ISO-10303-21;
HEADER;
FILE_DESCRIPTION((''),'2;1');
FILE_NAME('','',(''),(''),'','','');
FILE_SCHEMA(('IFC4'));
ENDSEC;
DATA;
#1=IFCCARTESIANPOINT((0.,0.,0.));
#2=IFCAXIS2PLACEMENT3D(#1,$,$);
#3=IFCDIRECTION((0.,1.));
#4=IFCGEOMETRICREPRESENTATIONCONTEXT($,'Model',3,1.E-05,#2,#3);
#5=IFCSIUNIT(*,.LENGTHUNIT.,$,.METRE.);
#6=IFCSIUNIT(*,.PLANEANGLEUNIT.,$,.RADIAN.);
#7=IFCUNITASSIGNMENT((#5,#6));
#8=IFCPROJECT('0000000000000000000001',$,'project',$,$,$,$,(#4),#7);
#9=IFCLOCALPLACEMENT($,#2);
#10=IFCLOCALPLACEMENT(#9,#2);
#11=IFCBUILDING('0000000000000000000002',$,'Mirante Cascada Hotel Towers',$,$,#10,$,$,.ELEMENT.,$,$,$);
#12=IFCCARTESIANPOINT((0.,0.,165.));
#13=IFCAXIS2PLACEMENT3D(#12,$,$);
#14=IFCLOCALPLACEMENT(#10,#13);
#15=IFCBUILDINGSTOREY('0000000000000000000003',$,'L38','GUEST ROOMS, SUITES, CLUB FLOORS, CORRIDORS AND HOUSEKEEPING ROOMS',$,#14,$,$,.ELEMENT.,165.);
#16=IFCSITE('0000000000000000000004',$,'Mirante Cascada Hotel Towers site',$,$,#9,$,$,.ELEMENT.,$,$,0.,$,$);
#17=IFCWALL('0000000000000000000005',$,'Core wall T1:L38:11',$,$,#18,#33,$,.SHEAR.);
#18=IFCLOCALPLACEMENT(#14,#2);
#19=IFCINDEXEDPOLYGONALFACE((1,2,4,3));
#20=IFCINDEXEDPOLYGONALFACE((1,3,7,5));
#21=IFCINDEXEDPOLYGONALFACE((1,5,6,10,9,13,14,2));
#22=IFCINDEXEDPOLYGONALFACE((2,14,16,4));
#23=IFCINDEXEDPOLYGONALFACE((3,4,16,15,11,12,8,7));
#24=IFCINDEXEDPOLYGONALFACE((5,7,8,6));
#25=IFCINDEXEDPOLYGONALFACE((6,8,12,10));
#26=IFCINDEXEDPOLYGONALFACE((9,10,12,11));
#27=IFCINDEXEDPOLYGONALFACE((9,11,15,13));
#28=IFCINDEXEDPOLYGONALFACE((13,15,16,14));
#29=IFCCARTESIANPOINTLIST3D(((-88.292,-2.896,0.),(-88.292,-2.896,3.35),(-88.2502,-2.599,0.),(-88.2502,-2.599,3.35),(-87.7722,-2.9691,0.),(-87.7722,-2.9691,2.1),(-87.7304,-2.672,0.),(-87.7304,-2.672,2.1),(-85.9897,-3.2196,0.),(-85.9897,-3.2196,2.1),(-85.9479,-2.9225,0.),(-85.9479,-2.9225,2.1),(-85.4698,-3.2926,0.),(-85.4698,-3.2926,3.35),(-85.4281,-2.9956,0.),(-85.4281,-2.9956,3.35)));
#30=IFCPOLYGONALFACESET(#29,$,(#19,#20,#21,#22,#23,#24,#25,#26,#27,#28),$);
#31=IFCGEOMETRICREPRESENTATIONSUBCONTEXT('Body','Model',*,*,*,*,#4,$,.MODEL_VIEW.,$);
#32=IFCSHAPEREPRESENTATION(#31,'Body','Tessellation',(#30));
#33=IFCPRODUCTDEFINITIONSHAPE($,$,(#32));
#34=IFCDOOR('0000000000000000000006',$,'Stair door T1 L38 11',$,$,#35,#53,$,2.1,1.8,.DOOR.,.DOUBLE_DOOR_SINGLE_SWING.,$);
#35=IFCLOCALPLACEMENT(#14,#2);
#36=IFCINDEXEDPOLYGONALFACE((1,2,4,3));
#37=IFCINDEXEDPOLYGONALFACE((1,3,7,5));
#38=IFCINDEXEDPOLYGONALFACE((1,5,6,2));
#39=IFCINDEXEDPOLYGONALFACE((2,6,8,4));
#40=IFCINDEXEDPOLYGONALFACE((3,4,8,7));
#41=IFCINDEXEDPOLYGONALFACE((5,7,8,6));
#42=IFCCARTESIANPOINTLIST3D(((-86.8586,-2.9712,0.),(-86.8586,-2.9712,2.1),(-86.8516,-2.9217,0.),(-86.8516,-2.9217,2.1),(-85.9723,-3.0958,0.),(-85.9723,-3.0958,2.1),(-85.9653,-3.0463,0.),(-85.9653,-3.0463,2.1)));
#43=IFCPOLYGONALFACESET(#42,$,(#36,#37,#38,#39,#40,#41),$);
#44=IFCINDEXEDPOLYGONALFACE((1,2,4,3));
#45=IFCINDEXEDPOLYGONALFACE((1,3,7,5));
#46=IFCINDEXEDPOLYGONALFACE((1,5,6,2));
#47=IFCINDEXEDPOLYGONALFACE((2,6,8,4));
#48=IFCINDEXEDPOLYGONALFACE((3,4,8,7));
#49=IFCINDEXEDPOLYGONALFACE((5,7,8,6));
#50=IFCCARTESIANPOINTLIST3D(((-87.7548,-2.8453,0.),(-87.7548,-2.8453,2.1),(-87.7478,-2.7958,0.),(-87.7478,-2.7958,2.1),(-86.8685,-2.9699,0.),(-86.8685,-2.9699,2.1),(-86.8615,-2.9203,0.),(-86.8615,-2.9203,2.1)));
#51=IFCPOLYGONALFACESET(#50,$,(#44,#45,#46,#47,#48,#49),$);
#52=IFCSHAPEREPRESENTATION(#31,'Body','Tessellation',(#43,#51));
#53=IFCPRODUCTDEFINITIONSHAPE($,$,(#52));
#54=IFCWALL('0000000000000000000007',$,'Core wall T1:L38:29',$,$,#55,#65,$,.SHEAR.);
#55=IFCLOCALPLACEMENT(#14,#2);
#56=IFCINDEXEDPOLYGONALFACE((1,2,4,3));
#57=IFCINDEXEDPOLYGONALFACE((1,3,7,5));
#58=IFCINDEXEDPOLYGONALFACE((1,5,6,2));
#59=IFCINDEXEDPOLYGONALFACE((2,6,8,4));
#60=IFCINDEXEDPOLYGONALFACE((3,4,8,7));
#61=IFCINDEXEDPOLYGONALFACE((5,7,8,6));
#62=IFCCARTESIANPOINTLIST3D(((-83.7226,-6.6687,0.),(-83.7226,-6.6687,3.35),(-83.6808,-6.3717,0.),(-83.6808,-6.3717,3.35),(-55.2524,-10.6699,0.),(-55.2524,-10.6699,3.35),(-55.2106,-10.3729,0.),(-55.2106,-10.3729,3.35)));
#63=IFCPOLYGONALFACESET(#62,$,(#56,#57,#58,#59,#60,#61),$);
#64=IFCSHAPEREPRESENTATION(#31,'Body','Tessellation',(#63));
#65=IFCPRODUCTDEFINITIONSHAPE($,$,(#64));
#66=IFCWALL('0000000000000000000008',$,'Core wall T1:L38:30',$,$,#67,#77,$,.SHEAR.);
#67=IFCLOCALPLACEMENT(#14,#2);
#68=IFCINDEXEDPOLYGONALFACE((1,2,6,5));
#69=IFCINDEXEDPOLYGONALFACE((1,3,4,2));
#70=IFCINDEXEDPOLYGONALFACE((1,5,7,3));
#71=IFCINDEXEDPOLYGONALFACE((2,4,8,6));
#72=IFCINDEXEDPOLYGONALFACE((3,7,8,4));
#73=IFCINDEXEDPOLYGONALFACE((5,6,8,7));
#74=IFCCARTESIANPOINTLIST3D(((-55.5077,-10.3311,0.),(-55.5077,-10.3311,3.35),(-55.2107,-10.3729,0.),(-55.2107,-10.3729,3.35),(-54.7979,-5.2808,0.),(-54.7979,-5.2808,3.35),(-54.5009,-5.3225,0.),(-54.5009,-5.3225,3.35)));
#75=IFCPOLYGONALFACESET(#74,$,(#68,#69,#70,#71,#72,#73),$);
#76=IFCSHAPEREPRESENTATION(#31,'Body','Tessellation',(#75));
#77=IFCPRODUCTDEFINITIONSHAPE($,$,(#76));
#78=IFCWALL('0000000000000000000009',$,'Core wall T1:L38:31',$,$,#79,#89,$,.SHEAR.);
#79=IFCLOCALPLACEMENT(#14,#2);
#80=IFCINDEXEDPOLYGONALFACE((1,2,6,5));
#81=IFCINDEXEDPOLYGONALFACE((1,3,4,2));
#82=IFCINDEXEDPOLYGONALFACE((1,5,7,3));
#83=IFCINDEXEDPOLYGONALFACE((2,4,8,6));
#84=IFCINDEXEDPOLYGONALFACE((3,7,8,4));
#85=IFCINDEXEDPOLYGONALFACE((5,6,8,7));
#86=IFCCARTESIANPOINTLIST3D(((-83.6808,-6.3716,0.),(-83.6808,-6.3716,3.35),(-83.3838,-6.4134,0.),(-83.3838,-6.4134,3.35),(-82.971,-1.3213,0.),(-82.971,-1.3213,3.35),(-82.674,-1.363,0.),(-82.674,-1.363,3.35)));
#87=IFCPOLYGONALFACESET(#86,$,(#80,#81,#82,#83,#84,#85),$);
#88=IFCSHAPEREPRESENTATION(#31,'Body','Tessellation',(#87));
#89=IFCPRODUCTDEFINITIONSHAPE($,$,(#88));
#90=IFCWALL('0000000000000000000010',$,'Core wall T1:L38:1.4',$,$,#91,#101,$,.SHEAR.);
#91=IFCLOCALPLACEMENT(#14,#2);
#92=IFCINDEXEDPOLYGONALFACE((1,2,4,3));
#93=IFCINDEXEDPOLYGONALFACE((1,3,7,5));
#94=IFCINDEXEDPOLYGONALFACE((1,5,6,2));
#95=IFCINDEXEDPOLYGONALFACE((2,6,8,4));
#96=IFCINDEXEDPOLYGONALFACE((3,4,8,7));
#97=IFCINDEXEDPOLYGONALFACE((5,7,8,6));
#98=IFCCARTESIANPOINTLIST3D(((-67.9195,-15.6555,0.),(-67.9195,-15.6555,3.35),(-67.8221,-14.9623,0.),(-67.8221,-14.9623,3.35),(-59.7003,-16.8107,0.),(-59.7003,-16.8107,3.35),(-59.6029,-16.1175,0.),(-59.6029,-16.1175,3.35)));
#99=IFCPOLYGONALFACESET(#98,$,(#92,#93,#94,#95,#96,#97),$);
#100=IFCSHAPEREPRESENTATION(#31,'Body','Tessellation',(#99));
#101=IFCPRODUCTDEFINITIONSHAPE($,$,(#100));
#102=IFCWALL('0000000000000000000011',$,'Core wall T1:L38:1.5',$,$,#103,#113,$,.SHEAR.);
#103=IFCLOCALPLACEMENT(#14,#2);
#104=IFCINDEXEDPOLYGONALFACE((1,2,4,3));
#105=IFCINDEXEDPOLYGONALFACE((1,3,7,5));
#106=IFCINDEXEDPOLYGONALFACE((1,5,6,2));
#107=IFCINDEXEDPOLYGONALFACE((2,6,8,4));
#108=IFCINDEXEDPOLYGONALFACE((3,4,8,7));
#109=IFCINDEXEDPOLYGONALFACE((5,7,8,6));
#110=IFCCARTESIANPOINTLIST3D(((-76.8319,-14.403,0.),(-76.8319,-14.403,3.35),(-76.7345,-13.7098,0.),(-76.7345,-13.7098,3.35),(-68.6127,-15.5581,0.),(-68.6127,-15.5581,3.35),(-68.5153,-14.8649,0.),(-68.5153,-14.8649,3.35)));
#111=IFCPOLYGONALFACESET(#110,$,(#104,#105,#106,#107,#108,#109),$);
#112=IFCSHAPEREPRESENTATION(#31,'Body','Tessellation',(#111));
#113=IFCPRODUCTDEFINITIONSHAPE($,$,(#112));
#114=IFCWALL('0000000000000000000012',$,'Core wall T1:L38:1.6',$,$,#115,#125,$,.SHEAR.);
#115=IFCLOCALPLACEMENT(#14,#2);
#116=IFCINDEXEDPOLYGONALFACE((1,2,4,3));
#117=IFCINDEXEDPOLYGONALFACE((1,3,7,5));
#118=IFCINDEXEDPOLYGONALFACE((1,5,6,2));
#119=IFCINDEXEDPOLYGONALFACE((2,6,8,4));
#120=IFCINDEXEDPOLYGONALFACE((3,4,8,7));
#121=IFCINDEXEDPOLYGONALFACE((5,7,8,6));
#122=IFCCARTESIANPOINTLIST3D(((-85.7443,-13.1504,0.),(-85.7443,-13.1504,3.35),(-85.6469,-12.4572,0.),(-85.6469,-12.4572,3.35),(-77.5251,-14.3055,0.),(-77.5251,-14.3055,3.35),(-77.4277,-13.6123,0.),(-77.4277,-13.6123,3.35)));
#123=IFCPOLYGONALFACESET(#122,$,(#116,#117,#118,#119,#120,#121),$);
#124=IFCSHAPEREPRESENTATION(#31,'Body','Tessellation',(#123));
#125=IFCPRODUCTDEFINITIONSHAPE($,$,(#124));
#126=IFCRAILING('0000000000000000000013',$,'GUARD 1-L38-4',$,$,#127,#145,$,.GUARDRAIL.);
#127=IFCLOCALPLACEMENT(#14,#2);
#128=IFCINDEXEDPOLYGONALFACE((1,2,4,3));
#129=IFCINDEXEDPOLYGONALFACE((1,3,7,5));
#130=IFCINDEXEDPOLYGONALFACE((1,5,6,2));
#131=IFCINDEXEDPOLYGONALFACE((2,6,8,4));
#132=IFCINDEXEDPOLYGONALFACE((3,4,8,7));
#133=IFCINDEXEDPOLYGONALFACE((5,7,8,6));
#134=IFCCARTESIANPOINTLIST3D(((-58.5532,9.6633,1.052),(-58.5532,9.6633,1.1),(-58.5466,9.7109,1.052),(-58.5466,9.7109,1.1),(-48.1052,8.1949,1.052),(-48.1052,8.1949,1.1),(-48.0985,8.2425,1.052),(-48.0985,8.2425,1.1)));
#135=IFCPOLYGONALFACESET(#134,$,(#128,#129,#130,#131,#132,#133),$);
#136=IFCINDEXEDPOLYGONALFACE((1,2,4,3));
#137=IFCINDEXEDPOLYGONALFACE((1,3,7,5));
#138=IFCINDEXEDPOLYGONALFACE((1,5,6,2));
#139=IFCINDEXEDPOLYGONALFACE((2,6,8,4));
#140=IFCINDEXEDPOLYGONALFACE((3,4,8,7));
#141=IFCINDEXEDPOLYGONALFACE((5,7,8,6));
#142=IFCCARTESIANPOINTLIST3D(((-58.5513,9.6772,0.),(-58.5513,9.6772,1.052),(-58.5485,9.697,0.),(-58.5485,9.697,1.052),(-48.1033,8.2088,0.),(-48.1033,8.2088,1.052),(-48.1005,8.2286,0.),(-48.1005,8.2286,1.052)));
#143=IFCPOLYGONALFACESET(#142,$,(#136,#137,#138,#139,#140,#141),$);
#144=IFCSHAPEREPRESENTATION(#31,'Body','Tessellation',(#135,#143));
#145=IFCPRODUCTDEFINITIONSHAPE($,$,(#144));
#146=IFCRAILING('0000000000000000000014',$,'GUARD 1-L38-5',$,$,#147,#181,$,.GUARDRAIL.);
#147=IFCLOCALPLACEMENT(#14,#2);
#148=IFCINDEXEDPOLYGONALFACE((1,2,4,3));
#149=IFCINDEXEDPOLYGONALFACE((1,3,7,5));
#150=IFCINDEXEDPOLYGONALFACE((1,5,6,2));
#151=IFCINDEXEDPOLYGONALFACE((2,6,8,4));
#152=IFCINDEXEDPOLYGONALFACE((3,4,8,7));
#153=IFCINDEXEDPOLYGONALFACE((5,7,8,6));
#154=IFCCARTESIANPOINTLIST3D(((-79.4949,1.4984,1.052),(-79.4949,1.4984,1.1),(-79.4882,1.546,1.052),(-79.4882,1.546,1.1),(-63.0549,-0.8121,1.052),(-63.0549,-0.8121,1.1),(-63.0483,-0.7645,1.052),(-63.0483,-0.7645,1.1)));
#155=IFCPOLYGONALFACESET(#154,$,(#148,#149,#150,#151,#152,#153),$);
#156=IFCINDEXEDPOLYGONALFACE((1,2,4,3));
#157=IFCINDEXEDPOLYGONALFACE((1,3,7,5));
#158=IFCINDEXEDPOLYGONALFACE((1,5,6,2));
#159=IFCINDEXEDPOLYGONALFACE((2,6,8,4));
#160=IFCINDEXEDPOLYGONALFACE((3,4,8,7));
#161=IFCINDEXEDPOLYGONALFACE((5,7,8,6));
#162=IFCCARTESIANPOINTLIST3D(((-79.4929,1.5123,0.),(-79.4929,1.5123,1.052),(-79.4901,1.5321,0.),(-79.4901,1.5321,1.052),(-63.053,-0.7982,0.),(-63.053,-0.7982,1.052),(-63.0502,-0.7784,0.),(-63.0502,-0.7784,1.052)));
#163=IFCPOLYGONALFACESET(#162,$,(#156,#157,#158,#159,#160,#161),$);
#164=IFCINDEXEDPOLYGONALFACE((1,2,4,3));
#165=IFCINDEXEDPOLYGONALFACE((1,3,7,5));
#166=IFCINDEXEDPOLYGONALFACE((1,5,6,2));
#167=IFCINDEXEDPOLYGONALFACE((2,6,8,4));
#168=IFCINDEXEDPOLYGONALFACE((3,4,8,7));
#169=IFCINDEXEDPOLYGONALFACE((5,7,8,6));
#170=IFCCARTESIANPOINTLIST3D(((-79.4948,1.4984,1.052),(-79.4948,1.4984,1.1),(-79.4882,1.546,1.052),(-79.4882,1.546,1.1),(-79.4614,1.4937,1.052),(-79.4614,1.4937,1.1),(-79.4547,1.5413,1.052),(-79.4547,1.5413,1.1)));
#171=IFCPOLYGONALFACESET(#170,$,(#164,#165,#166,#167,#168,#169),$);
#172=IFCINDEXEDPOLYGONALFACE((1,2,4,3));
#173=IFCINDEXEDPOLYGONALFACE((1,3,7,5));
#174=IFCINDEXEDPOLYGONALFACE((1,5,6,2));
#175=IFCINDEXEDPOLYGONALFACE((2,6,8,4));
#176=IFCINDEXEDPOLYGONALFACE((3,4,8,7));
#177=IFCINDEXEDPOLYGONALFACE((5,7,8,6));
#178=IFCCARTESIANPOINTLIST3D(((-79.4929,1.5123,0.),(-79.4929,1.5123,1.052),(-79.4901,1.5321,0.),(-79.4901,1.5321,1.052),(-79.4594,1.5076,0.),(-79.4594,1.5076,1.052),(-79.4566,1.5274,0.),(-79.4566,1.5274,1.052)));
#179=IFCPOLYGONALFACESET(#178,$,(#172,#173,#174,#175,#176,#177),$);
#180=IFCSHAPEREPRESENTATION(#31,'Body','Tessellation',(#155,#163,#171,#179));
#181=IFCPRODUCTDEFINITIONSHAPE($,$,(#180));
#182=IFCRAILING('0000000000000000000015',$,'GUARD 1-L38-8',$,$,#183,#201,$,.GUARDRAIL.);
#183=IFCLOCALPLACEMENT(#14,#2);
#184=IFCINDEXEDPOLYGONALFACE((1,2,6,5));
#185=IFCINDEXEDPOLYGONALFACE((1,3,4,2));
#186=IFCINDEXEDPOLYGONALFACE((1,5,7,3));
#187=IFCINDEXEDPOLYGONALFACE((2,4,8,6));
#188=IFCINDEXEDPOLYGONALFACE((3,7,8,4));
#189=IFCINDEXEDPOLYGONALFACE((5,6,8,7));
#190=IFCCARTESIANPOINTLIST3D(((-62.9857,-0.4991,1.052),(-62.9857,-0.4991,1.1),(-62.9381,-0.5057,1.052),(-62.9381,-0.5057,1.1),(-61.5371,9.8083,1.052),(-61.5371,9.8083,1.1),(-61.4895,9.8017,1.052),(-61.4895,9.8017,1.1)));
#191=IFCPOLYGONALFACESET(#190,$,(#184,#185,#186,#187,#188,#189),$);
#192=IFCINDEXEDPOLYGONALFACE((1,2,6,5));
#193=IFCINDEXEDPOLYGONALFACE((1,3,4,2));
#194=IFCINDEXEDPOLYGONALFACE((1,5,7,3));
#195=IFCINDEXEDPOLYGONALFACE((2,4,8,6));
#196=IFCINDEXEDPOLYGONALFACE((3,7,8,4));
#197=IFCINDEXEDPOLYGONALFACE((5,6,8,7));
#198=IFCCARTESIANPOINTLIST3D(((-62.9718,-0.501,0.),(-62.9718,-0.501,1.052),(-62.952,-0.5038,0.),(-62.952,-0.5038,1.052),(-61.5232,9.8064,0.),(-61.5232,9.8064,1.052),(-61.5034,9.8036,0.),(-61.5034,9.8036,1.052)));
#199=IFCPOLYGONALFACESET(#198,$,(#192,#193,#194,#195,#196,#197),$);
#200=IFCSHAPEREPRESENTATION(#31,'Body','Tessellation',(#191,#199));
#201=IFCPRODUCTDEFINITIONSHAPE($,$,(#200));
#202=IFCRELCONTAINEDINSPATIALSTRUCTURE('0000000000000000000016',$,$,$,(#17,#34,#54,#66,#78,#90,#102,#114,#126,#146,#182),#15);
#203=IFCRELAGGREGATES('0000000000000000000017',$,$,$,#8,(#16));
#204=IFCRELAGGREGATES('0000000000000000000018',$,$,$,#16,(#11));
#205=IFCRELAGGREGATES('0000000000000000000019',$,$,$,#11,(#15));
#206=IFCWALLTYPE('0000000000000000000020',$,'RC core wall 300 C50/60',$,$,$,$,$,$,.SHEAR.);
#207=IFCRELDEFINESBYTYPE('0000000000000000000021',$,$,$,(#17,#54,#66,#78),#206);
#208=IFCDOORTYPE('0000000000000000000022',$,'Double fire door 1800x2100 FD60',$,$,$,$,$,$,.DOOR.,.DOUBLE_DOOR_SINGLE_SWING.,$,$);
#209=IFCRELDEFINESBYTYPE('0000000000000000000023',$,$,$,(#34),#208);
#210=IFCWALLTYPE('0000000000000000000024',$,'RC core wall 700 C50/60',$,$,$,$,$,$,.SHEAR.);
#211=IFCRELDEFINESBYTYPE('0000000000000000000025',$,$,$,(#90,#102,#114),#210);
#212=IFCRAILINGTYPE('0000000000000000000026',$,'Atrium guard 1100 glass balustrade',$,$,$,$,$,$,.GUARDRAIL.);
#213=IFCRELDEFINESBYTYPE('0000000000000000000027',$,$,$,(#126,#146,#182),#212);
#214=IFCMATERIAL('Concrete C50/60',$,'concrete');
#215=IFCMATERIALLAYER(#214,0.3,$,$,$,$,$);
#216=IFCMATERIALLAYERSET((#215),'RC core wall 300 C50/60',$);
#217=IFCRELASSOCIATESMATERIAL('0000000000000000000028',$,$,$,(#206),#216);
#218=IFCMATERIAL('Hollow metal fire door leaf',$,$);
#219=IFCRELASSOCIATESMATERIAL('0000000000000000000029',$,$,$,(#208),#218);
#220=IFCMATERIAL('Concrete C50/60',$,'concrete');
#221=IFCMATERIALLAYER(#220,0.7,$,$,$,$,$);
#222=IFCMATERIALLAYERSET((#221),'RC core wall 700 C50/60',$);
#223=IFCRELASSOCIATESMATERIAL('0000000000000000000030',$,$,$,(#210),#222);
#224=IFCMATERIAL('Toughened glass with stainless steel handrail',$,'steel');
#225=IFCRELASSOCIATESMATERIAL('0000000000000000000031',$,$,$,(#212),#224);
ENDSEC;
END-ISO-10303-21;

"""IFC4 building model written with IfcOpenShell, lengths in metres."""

from ifc_helpers import new_model, si_unit, direction, frame, frame_2d, origin, origin_2d, place, context, subcontext, project, spatial, rectangle, extrude, material, layer, layer_set, type_object, element, fill, save


model = new_model("IFC4")

# Units and contexts
model_context = context("Model", 3, precision=1e-05, world=origin(), true_north=direction((0.0, 1.0)))
body_context = subcontext(model_context, "Body", "Model", "MODEL_VIEW")
ifc_project = project(units=[si_unit("LENGTHUNIT", "METRE"), si_unit("PLANEANGLEUNIT", "RADIAN")], contexts=[model_context])

# Site, building, storey
site_placement = place(None, origin())
site = spatial("IfcSite", under=ifc_project, at=site_placement, Name="Mirante Cascada Hotel Towers site", CompositionType="ELEMENT", RefElevation=0.0)
building_placement = place(site_placement, origin())
building = spatial("IfcBuilding", under=site, at=building_placement, Name="Mirante Cascada Hotel Towers", CompositionType="ELEMENT")
storey_placement = place(building_placement, frame((0.0, 0.0, 165.0)))
storey = spatial("IfcBuildingStorey", under=building, at=storey_placement, Name="L38", Description="GUEST ROOMS, SUITES, CLUB FLOORS, CORRIDORS AND HOUSEKEEPING ROOMS", CompositionType="ELEMENT", Elevation=165.0)

# Shared definitions
ifc_material_1 = material(Name="Concrete C50/60", Category="concrete")
ifc_layer_1 = layer(ifc_material_1, 0.3)
ifc_layer_set_1 = layer_set([ifc_layer_1], Name="RC core wall 300 C50/60")
wall_type_1 = type_object("IfcWallType", Name="RC core wall 300 C50/60", PredefinedType="SHEAR", material=ifc_layer_set_1)

# Wall, opening, door
wall_1_placement = place(storey_placement, frame((-85.4489, -3.1441, 0.0), z_axis=(0.0, 0.0, 1.0), x_axis=(-0.99027, 0.139161, 0.0)))
wall_1 = element("IfcWall", 1, at=wall_1_placement, inside=storey, type_object=wall_type_1, Name="Core wall T1:L38:11", PredefinedType="SHEAR", context=body_context, shape_type="SweptSolid", body=[
    extrude(rectangle(XDim=2.8499, YDim=0.3, at=frame_2d((1.425, 0.0))), origin(), (0.0, 0.0, 1.0), 3.35),
])
opening_1_placement = place(wall_1_placement, frame((0.525, 0.0, 0.0)))
opening_1 = element("IfcOpeningElement", 2, at=opening_1_placement, cuts=wall_1, PredefinedType="OPENING", context=body_context, shape_type="SweptSolid", body=[
    extrude(rectangle(XDim=1.8, YDim=2.1, at=frame_2d((0.9, 1.05))), frame((0.0, 0.15, 0.0), z_axis=(0.0, -1.0, 0.0), x_axis=(1.0, 0.0, 0.0)), (0.0, 0.0, 1.0), 0.3),
])
ifc_material_2 = material(Name="Hollow metal fire door leaf")
door_type_1 = type_object("IfcDoorType", Name="Double fire door 1800x2100 FD60", OperationType="DOUBLE_DOOR_SINGLE_SWING", PredefinedType="DOOR", material=ifc_material_2)
door_1_placement = place(opening_1_placement, origin())
door_1 = element("IfcDoor", 3, at=door_1_placement, inside=storey, type_object=door_type_1, Name="Stair door T1 L38 11", OperationType="DOUBLE_DOOR_SINGLE_SWING", OverallHeight=2.1, OverallWidth=1.8, PredefinedType="DOOR", context=body_context, shape_type="SweptSolid", body=[
    extrude(rectangle(XDim=0.895, YDim=2.1, at=frame_2d((0.4475, 1.05))), frame((0.0, 0.025, 0.0), z_axis=(0.0, -1.0, 0.0), x_axis=(1.0, 0.0, 0.0)), (0.0, 0.0, 1.0), 0.05),
    extrude(rectangle(XDim=0.895, YDim=2.1, at=frame_2d((1.3525, 1.05))), frame((0.0, 0.025, 0.0), z_axis=(0.0, -1.0, 0.0), x_axis=(1.0, 0.0, 0.0)), (0.0, 0.0, 1.0), 0.05),
])
fill(opening_1, door_1)

# Walls
wall_2_placement = place(storey_placement, frame((-55.2315, -10.5214, 0.0), z_axis=(0.0, 0.0, 1.0), x_axis=(-0.990268, 0.139172, 0.0)))
element("IfcWall", 4, at=wall_2_placement, inside=storey, type_object=wall_type_1, Name="Core wall T1:L38:29", PredefinedType="SHEAR", context=body_context, shape_type="SweptSolid", body=[
    extrude(rectangle(XDim=28.75, YDim=0.3, at=frame_2d((14.375, 0.0))), origin(), (0.0, 0.0, 1.0), 3.35),
])
for number, where, z_axis, x_axis, name in (
    (5, (-55.3592, -10.352, 0.0), (0.0, 0.0, 1.0), (0.139176, 0.990268, 0.0), "Core wall T1:L38:30"),
    (6, (-83.5323, -6.3925, 0.0), (0.0, 0.0, 1.0), (0.139176, 0.990268, 0.0), "Core wall T1:L38:31"),
):
    element("IfcWall", number, at=place(storey_placement, frame(where, z_axis=z_axis, x_axis=x_axis)), inside=storey, type_object=wall_type_1, Name=name, PredefinedType="SHEAR", context=body_context, shape_type="SweptSolid", body=[
        extrude(rectangle(XDim=5.1, YDim=0.3, at=frame_2d((2.55, 0.0))), origin(), (0.0, 0.0, 1.0), 3.35),
    ])
ifc_material_3 = material(Name="Concrete C50/60", Category="concrete")
ifc_layer_2 = layer(ifc_material_3, 0.7)
ifc_layer_set_2 = layer_set([ifc_layer_2], Name="RC core wall 700 C50/60")
wall_type_2 = type_object("IfcWallType", Name="RC core wall 700 C50/60", PredefinedType="SHEAR", material=ifc_layer_set_2)
for number, where, z_axis, x_axis, name in (
    (7, (-59.6516, -16.4641, 0.0), (0.0, 0.0, 1.0), (-0.990267, 0.139181, 0.0), "Core wall T1:L38:1.4"),
    (8, (-68.564, -15.2115, 0.0), (0.0, 0.0, 1.0), (-0.990269, 0.139169, 0.0), "Core wall T1:L38:1.5"),
    (9, (-77.4764, -13.9589, 0.0), (0.0, 0.0, 1.0), (-0.990269, 0.139169, 0.0), "Core wall T1:L38:1.6"),
):
    element("IfcWall", number, at=place(storey_placement, frame(where, z_axis=z_axis, x_axis=x_axis)), inside=storey, type_object=wall_type_2, Name=name, PredefinedType="SHEAR", context=body_context, shape_type="SweptSolid", body=[
        extrude(rectangle(XDim=8.3, YDim=0.7, at=frame_2d((4.15, 0.0))), origin(), (0.0, 0.0, 1.0), 3.35),
    ])

# Railings
ifc_material_4 = material(Name="Toughened glass with stainless steel handrail", Category="steel")
railing_type = type_object("IfcRailingType", Name="Atrium guard 1100 glass balustrade", PredefinedType="GUARDRAIL", material=ifc_material_4)
railing_1_placement = place(storey_placement, frame((-58.5499, 9.6871, 0.0)))
element("IfcRailing", 10, at=railing_1_placement, inside=storey, type_object=railing_type, Name="GUARD 1-L38-4", PredefinedType="GUARDRAIL", context=body_context, shape_type="SweptSolid", body=[
    extrude(rectangle(XDim=0.048, YDim=0.048, at=origin_2d()), frame((0.0, 0.0, 1.076), z_axis=(0.990268, -0.139176, 0.0), x_axis=(0.139176, 0.990268, 0.0)), (0.0, 0.0, 1.0), 10.5507),
    extrude(rectangle(XDim=0.02, YDim=1.052, at=origin_2d()), frame((0.0, 0.0, 0.526), z_axis=(0.990268, -0.139176, 0.0), x_axis=(0.139176, 0.990268, 0.0)), (0.0, 0.0, 1.0), 10.5507),
])
railing_2_placement = place(storey_placement, frame((-63.0516, -0.7883, 0.0)))
element("IfcRailing", 11, at=railing_2_placement, inside=storey, type_object=railing_type, Name="GUARD 1-L38-5", PredefinedType="GUARDRAIL", context=body_context, shape_type="SweptSolid", body=[
    extrude(rectangle(XDim=0.048, YDim=0.048, at=origin_2d()), frame((0.0, 0.0, 1.076), z_axis=(-0.990268, 0.139174, 0.0), x_axis=(-0.139174, -0.990268, 0.0)), (0.0, 0.0, 1.0), 16.6015),
    extrude(rectangle(XDim=0.02, YDim=1.052, at=origin_2d()), frame((0.0, 0.0, 0.526), z_axis=(-0.990268, 0.139174, 0.0), x_axis=(-0.139174, -0.990268, 0.0)), (0.0, 0.0, 1.0), 16.6015),
    extrude(rectangle(XDim=0.048, YDim=0.048, at=origin_2d()), frame((-16.4399, 2.3105, 1.076), z_axis=(0.990301, -0.138938, 0.0), x_axis=(0.138938, 0.990301, 0.0)), (0.0, 0.0, 1.0), 0.0338),
    extrude(rectangle(XDim=0.02, YDim=1.052, at=origin_2d()), frame((-16.4399, 2.3105, 0.526), z_axis=(0.990301, -0.138938, 0.0), x_axis=(0.138938, 0.990301, 0.0)), (0.0, 0.0, 1.0), 0.0338),
])
railing_3_placement = place(storey_placement, frame((-62.9619, -0.5024, 0.0)))
element("IfcRailing", 12, at=railing_3_placement, inside=storey, type_object=railing_type, Name="GUARD 1-L38-8", PredefinedType="GUARDRAIL", context=body_context, shape_type="SweptSolid", body=[
    extrude(rectangle(XDim=0.048, YDim=0.048, at=origin_2d()), frame((0.0, 0.0, 1.076), z_axis=(0.139172, 0.990268, 0.0), x_axis=(-0.990268, 0.139172, 0.0)), (0.0, 0.0, 1.0), 10.4087),
    extrude(rectangle(XDim=0.02, YDim=1.052, at=origin_2d()), frame((0.0, 0.0, 0.526), z_axis=(0.139172, 0.990268, 0.0), x_axis=(-0.990268, 0.139172, 0.0)), (0.0, 0.0, 1.0), 10.4087),
])

save(model, "model.ifc")
